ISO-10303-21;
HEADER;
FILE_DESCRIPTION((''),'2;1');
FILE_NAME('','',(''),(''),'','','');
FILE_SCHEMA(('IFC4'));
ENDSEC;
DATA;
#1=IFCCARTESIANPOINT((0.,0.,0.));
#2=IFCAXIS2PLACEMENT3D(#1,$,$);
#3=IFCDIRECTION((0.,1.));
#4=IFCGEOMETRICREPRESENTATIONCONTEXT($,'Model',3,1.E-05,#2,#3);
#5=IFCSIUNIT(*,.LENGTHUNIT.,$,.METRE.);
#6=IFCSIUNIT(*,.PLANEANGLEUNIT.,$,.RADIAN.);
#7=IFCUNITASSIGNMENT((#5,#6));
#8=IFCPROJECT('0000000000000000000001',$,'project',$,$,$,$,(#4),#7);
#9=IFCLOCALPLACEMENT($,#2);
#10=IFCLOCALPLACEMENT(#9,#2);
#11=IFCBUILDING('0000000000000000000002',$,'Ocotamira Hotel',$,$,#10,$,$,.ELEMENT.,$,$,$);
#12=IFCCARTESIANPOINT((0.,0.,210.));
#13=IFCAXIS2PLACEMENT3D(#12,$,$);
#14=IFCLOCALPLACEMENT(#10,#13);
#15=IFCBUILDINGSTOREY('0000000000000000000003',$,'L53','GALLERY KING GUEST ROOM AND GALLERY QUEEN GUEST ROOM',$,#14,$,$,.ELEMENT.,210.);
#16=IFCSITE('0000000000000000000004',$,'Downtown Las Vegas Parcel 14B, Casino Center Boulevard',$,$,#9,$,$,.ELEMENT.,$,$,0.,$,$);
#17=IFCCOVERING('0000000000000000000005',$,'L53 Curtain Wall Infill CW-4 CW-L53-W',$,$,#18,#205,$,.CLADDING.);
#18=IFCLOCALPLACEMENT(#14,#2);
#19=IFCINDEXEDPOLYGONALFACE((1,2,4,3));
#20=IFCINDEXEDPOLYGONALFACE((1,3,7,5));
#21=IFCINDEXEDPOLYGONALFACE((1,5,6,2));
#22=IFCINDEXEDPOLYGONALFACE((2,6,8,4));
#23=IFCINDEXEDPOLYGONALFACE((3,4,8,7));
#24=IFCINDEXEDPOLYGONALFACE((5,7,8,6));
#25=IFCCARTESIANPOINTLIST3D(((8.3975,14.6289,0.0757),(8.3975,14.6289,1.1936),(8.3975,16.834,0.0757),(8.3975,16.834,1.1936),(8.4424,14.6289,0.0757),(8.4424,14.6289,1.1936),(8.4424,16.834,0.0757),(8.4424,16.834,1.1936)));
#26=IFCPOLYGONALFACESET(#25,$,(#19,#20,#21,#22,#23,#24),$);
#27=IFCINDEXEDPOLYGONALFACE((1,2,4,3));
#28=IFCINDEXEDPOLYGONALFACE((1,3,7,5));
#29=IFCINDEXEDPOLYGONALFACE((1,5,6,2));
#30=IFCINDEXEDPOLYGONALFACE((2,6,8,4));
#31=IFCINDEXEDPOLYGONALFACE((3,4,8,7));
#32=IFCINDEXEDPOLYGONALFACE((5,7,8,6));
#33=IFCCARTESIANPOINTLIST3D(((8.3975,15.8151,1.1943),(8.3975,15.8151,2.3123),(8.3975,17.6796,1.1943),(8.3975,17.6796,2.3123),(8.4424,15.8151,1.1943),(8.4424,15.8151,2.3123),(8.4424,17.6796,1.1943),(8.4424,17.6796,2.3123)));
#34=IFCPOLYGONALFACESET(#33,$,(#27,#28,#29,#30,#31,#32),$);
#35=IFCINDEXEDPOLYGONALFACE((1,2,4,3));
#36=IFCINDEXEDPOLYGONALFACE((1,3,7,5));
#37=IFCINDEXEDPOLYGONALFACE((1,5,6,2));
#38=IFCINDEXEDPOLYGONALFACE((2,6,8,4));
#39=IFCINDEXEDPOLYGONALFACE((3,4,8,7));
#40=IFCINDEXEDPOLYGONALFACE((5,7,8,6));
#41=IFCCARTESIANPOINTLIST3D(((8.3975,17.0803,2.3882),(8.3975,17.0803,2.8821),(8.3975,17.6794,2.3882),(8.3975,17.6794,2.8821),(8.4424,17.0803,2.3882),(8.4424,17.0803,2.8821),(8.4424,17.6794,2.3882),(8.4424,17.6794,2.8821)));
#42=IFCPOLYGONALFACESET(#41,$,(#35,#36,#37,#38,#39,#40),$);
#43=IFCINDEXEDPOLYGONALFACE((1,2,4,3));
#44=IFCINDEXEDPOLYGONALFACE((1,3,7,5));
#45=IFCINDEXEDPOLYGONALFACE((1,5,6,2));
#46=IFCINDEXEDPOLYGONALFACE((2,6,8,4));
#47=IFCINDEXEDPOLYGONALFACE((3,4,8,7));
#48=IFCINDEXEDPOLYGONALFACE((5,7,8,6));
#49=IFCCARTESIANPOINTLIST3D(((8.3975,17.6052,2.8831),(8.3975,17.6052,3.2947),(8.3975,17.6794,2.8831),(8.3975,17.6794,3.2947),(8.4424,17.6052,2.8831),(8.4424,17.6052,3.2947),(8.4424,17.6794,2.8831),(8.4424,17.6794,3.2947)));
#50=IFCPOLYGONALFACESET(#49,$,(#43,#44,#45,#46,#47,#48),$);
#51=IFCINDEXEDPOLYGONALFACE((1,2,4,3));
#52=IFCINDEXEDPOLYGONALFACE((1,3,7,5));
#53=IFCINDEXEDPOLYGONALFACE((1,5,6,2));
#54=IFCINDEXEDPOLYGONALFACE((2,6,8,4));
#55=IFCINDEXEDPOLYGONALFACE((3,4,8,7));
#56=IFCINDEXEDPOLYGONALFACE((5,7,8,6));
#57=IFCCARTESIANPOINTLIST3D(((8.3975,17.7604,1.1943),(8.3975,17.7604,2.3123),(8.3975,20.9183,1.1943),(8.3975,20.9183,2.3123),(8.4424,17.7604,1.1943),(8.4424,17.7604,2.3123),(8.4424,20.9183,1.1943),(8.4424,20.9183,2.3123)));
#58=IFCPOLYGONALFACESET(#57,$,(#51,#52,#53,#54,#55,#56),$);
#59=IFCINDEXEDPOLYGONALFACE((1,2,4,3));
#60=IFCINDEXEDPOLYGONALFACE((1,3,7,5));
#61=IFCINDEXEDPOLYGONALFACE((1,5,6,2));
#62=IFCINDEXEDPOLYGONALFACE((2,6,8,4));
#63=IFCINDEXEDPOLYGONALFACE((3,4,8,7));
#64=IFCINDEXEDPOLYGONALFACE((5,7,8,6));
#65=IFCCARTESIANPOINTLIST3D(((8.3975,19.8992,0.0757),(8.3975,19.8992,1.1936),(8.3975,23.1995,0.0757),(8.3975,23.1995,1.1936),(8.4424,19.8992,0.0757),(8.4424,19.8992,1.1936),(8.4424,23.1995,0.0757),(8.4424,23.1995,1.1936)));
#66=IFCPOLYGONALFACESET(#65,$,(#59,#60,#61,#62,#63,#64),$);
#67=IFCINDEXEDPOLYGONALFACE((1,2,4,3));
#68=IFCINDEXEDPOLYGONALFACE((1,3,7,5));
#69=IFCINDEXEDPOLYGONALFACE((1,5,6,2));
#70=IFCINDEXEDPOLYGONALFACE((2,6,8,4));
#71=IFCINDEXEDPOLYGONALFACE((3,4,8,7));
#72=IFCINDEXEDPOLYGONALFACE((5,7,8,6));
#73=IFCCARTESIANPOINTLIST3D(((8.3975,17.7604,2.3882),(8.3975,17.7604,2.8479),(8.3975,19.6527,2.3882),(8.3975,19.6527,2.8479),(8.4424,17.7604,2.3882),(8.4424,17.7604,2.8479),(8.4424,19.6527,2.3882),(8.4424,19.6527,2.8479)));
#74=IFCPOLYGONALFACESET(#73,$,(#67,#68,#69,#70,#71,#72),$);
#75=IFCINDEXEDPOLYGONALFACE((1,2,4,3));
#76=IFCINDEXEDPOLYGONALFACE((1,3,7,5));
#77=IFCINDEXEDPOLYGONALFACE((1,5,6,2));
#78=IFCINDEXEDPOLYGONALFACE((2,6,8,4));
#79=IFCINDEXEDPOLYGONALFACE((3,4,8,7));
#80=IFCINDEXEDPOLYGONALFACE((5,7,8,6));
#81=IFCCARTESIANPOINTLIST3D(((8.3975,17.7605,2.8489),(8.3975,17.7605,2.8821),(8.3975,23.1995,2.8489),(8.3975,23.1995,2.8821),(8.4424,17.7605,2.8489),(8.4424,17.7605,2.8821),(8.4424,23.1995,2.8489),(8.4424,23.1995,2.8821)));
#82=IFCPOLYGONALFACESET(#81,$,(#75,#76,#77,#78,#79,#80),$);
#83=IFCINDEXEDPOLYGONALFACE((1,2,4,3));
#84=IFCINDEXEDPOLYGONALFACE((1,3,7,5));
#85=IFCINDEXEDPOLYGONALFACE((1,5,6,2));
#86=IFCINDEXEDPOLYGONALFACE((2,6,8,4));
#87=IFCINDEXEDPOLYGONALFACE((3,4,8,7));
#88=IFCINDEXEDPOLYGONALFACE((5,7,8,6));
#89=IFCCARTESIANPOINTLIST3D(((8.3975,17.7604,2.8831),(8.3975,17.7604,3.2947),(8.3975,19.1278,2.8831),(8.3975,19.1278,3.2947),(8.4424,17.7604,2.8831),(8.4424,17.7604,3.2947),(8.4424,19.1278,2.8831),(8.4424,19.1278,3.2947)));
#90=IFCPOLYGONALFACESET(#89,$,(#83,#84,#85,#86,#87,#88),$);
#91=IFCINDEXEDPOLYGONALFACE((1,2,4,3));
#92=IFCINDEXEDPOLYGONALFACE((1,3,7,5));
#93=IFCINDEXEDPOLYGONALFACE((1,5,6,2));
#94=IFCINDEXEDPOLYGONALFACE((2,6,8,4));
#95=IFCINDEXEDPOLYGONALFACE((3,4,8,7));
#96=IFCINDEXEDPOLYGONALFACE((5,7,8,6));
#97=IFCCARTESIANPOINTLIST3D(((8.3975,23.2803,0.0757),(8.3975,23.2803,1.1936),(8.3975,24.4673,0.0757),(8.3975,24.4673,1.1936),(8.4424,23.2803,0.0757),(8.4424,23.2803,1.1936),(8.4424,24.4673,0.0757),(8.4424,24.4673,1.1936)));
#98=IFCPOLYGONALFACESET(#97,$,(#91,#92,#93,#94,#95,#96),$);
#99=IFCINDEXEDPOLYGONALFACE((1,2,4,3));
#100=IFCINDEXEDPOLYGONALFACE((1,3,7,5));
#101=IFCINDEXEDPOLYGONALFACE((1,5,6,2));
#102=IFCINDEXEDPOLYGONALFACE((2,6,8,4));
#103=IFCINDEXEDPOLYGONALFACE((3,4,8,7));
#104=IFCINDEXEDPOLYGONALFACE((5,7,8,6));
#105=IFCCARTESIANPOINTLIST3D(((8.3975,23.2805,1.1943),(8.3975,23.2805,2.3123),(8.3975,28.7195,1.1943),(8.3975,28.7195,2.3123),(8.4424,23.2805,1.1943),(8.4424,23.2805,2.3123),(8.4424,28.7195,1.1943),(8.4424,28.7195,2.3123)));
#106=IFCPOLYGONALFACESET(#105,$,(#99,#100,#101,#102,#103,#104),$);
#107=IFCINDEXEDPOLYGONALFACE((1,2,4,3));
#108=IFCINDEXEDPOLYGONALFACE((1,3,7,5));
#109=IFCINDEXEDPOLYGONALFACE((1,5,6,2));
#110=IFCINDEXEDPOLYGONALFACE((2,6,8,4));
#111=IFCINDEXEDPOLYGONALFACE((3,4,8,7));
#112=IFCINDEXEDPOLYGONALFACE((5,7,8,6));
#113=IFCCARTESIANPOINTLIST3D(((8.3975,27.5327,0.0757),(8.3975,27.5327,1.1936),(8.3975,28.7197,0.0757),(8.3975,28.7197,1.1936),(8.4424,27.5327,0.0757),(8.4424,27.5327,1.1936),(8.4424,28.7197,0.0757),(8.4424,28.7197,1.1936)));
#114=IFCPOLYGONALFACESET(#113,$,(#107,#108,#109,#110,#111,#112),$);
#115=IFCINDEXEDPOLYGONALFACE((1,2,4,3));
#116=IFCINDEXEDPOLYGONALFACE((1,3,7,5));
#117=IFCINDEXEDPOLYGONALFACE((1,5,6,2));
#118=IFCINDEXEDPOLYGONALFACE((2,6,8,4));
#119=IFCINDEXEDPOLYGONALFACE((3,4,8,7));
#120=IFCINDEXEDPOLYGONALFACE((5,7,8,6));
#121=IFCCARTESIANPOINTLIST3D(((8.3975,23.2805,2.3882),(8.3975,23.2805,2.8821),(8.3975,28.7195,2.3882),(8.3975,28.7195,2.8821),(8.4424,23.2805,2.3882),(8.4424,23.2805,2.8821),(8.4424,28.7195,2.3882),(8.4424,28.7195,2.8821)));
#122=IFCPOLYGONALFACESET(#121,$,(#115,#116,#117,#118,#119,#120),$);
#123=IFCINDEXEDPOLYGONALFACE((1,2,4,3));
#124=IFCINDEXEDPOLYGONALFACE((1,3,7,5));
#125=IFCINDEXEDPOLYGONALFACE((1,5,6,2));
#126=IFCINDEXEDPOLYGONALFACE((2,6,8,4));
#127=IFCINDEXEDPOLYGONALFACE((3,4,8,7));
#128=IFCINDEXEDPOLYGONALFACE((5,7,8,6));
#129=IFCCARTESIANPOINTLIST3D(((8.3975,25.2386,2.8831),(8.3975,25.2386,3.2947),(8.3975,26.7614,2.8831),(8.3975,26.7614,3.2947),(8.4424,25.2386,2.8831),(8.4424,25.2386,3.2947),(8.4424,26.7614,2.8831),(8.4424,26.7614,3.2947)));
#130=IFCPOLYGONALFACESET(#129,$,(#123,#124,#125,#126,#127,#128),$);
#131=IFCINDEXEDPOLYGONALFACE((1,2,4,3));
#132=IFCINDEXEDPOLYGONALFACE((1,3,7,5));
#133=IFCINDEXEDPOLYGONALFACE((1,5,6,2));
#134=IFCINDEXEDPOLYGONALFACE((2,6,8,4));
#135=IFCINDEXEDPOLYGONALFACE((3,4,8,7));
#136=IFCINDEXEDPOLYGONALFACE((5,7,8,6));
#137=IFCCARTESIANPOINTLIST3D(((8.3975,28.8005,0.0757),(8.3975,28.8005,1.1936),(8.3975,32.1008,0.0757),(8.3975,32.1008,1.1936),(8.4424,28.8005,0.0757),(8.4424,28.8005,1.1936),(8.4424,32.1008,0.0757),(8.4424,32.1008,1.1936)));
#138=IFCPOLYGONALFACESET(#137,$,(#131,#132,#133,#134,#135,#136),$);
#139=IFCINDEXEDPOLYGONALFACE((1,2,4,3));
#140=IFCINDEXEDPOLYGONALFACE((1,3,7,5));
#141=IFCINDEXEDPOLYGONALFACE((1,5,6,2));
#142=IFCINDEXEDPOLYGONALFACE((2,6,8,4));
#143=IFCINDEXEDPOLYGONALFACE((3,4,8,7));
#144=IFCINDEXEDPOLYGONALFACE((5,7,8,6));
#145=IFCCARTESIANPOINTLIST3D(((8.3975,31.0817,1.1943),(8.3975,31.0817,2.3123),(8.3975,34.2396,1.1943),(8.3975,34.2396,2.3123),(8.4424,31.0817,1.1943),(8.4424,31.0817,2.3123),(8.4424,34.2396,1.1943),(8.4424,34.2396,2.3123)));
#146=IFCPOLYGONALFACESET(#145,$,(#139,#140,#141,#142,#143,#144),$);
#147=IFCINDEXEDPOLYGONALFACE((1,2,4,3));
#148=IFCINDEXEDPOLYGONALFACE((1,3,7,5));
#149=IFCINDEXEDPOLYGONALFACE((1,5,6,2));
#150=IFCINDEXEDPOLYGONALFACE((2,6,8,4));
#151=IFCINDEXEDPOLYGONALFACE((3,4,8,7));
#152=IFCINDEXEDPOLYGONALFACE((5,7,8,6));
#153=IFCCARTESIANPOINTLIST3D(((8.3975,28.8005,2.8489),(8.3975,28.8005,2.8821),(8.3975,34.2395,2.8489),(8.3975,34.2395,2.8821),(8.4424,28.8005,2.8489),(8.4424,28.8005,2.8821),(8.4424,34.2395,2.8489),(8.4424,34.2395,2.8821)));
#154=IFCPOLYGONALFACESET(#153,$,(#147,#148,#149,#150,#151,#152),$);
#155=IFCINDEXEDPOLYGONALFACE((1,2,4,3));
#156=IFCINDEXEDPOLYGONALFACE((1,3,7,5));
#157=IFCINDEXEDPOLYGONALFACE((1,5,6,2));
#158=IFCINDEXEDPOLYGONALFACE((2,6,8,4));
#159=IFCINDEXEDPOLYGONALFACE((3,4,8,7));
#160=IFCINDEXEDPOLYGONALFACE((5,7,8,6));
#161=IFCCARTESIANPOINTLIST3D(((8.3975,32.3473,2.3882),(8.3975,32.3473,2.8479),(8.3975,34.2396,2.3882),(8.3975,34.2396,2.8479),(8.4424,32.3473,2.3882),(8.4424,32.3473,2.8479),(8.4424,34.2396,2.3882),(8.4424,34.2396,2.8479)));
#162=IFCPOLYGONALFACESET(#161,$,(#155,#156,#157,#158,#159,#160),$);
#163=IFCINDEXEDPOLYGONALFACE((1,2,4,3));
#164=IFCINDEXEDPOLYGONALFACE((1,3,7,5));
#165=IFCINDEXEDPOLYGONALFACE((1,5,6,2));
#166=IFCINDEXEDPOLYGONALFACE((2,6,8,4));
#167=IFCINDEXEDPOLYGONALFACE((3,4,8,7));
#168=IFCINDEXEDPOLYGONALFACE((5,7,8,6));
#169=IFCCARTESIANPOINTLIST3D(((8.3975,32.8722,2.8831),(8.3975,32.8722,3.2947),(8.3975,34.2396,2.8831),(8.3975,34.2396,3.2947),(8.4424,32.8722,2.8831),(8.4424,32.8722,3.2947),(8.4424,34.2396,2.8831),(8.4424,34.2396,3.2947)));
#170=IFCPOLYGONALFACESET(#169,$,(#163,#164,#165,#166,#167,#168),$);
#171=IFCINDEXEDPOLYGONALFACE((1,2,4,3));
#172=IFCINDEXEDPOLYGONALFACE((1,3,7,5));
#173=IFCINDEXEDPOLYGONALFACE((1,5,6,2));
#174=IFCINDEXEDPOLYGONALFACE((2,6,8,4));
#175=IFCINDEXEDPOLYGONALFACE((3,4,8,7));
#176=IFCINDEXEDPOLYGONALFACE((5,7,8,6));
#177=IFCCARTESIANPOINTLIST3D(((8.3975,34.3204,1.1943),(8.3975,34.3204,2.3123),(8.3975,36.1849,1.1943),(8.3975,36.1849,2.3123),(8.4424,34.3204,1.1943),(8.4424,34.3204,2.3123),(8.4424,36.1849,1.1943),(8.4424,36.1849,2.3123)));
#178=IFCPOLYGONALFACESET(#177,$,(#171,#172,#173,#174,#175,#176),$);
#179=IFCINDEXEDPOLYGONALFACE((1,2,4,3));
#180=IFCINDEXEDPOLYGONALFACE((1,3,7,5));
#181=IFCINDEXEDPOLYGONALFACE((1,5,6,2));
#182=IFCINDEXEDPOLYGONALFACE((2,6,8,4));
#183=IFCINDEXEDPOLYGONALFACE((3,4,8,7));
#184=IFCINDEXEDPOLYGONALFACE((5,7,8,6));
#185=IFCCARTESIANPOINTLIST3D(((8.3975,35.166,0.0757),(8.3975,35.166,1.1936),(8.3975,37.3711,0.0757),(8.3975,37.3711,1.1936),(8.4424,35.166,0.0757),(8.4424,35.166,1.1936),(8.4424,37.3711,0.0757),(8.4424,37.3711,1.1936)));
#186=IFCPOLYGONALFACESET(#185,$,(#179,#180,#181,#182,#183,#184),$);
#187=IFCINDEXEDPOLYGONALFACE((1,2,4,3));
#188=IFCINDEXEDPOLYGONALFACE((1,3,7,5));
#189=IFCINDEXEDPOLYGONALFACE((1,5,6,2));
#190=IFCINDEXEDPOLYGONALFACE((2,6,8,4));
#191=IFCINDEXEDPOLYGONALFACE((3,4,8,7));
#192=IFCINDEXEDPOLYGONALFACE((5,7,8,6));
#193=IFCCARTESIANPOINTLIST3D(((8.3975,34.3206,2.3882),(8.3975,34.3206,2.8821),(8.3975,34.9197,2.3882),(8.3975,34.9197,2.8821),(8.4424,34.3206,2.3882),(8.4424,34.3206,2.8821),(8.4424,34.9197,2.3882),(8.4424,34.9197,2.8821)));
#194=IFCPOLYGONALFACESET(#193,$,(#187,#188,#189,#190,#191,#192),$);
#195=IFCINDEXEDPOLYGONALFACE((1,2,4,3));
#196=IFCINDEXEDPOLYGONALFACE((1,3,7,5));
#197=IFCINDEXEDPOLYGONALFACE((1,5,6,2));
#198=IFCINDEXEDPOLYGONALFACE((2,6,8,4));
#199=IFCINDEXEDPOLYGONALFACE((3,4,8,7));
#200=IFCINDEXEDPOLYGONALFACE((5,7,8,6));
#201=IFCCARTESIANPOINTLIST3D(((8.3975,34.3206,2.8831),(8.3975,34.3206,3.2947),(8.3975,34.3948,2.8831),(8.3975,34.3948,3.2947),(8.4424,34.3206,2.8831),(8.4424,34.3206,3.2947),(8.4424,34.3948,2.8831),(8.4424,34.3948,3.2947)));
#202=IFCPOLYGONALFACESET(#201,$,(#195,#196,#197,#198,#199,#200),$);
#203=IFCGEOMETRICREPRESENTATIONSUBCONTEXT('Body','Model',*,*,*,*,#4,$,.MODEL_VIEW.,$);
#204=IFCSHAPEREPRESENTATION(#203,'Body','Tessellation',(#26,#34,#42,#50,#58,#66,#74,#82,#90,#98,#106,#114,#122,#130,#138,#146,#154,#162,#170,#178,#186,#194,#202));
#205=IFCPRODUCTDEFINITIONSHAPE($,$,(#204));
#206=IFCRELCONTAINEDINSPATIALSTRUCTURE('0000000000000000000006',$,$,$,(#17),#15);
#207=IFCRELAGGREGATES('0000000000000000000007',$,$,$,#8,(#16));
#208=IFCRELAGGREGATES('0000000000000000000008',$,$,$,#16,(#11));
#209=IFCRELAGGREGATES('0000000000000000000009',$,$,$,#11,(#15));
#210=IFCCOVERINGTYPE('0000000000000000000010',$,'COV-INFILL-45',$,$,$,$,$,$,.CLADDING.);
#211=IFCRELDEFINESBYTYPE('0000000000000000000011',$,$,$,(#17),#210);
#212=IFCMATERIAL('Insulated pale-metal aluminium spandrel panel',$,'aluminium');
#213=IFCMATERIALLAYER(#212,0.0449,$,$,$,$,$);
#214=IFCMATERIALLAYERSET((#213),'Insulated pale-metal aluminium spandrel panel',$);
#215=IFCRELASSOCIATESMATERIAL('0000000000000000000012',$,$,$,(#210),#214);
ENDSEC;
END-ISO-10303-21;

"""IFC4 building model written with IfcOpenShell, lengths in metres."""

from ifc_helpers import new_model, si_unit, direction, frame, origin, origin_2d, place, context, subcontext, project, spatial, rectangle, extrude, material, layer, layer_set, type_object, element, save


model = new_model("IFC4")

# Units and contexts
model_context = context("Model", 3, precision=1e-05, world=origin(), true_north=direction((0.0, 1.0)))
body_context = subcontext(model_context, "Body", "Model", "MODEL_VIEW")
ifc_project = project(units=[si_unit("LENGTHUNIT", "METRE"), si_unit("PLANEANGLEUNIT", "RADIAN")], contexts=[model_context])

# Site, building, storey
site_placement = place(None, origin())
site = spatial("IfcSite", under=ifc_project, at=site_placement, Name="Downtown Las Vegas Parcel 14B, Casino Center Boulevard", CompositionType="ELEMENT", RefElevation=0.0)
building_placement = place(site_placement, origin())
building = spatial("IfcBuilding", under=site, at=building_placement, Name="Ocotamira Hotel", CompositionType="ELEMENT")
storey_placement = place(building_placement, frame((0.0, 0.0, 210.0)))
storey = spatial("IfcBuildingStorey", under=building, at=storey_placement, Name="L53", Description="GALLERY KING GUEST ROOM AND GALLERY QUEEN GUEST ROOM", CompositionType="ELEMENT", Elevation=210.0)

# Covering
ifc_material_1 = material(Name="Insulated pale-metal aluminium spandrel panel", Category="aluminium")
ifc_layer_1 = layer(ifc_material_1, 0.0449)
ifc_layer_set_1 = layer_set([ifc_layer_1], Name="Insulated pale-metal aluminium spandrel panel")
covering_type_1 = type_object("IfcCoveringType", Name="COV-INFILL-45", PredefinedType="CLADDING", material=ifc_layer_set_1)
covering_1_placement = place(storey_placement, origin())
element("IfcCovering", 1, at=covering_1_placement, inside=storey, type_object=covering_type_1, Name="L53 Curtain Wall Infill CW-4 CW-L53-W", PredefinedType="CLADDING", context=body_context, shape_type="SweptSolid", body=[
    extrude(rectangle(XDim=2.2051, YDim=0.0449, at=origin_2d()), frame((8.4199, 15.7314, 0.0757), z_axis=(0.0, 0.0, 1.0), x_axis=(0.0, 1.0, 0.0)), (0.0, 0.0, 1.0), 1.1179),
    extrude(rectangle(XDim=1.8645, YDim=0.0449, at=origin_2d()), frame((8.4199, 16.7473, 1.1943), z_axis=(0.0, 0.0, 1.0), x_axis=(0.0, 1.0, 0.0)), (0.0, 0.0, 1.0), 1.1179),
    extrude(rectangle(XDim=0.5991, YDim=0.0449, at=origin_2d()), frame((8.4199, 17.3799, 2.3882), z_axis=(0.0, 0.0, 1.0), x_axis=(0.0, 1.0, 0.0)), (0.0, 0.0, 1.0), 0.4939),
    extrude(rectangle(XDim=0.0742, YDim=0.0449, at=origin_2d()), frame((8.4199, 17.6423, 2.8831), z_axis=(0.0, 0.0, 1.0), x_axis=(0.0, 1.0, 0.0)), (0.0, 0.0, 1.0), 0.4116),
    extrude(rectangle(XDim=3.158, YDim=0.0449, at=origin_2d()), frame((8.4199, 19.3394, 1.1943), z_axis=(0.0, 0.0, 1.0), x_axis=(0.0, 1.0, 0.0)), (0.0, 0.0, 1.0), 1.1179),
    extrude(rectangle(XDim=3.3003, YDim=0.0449, at=origin_2d()), frame((8.4199, 21.5493, 0.0757), z_axis=(0.0, 0.0, 1.0), x_axis=(0.0, 1.0, 0.0)), (0.0, 0.0, 1.0), 1.1179),
    extrude(rectangle(XDim=1.8923, YDim=0.0449, at=origin_2d()), frame((8.4199, 18.7065, 2.3882), z_axis=(0.0, 0.0, 1.0), x_axis=(0.0, 1.0, 0.0)), (0.0, 0.0, 1.0), 0.4597),
    extrude(rectangle(XDim=5.439, YDim=0.0449, at=origin_2d()), frame((8.4199, 20.48, 2.8489), z_axis=(0.0, 0.0, 1.0), x_axis=(0.0, 1.0, 0.0)), (0.0, 0.0, 1.0), 0.0332),
    extrude(rectangle(XDim=1.3674, YDim=0.0449, at=origin_2d()), frame((8.4199, 18.4441, 2.8831), z_axis=(0.0, 0.0, 1.0), x_axis=(0.0, 1.0, 0.0)), (0.0, 0.0, 1.0), 0.4116),
    extrude(rectangle(XDim=1.187, YDim=0.0449, at=origin_2d()), frame((8.4199, 23.8738, 0.0757), z_axis=(0.0, 0.0, 1.0), x_axis=(0.0, 1.0, 0.0)), (0.0, 0.0, 1.0), 1.1179),
    extrude(rectangle(XDim=5.439, YDim=0.0449, at=origin_2d()), frame((8.4199, 26.0, 1.1943), z_axis=(0.0, 0.0, 1.0), x_axis=(0.0, 1.0, 0.0)), (0.0, 0.0, 1.0), 1.1179),
    extrude(rectangle(XDim=1.187, YDim=0.0449, at=origin_2d()), frame((8.4199, 28.1262, 0.0757), z_axis=(0.0, 0.0, 1.0), x_axis=(0.0, 1.0, 0.0)), (0.0, 0.0, 1.0), 1.1179),
    extrude(rectangle(XDim=5.439, YDim=0.0449, at=origin_2d()), frame((8.4199, 26.0, 2.3882), z_axis=(0.0, 0.0, 1.0), x_axis=(0.0, 1.0, 0.0)), (0.0, 0.0, 1.0), 0.4939),
    extrude(rectangle(XDim=1.5227, YDim=0.0449, at=origin_2d()), frame((8.4199, 26.0, 2.8831), z_axis=(0.0, 0.0, 1.0), x_axis=(0.0, 1.0, 0.0)), (0.0, 0.0, 1.0), 0.4116),
    extrude(rectangle(XDim=3.3003, YDim=0.0449, at=origin_2d()), frame((8.4199, 30.4507, 0.0757), z_axis=(0.0, 0.0, 1.0), x_axis=(0.0, 1.0, 0.0)), (0.0, 0.0, 1.0), 1.1179),
    extrude(rectangle(XDim=3.158, YDim=0.0449, at=origin_2d()), frame((8.4199, 32.6606, 1.1943), z_axis=(0.0, 0.0, 1.0), x_axis=(0.0, 1.0, 0.0)), (0.0, 0.0, 1.0), 1.1179),
    extrude(rectangle(XDim=5.439, YDim=0.0449, at=origin_2d()), frame((8.4199, 31.52, 2.8489), z_axis=(0.0, 0.0, 1.0), x_axis=(0.0, 1.0, 0.0)), (0.0, 0.0, 1.0), 0.0332),
    extrude(rectangle(XDim=1.8923, YDim=0.0449, at=origin_2d()), frame((8.4199, 33.2935, 2.3882), z_axis=(0.0, 0.0, 1.0), x_axis=(0.0, 1.0, 0.0)), (0.0, 0.0, 1.0), 0.4597),
    extrude(rectangle(XDim=1.3674, YDim=0.0449, at=origin_2d()), frame((8.4199, 33.5559, 2.8831), z_axis=(0.0, 0.0, 1.0), x_axis=(0.0, 1.0, 0.0)), (0.0, 0.0, 1.0), 0.4116),
    extrude(rectangle(XDim=1.8645, YDim=0.0449, at=origin_2d()), frame((8.4199, 35.2527, 1.1943), z_axis=(0.0, 0.0, 1.0), x_axis=(0.0, 1.0, 0.0)), (0.0, 0.0, 1.0), 1.1179),
    extrude(rectangle(XDim=2.2051, YDim=0.0449, at=origin_2d()), frame((8.4199, 36.2686, 0.0757), z_axis=(0.0, 0.0, 1.0), x_axis=(0.0, 1.0, 0.0)), (0.0, 0.0, 1.0), 1.1179),
    extrude(rectangle(XDim=0.5991, YDim=0.0449, at=origin_2d()), frame((8.4199, 34.6201, 2.3882), z_axis=(0.0, 0.0, 1.0), x_axis=(0.0, 1.0, 0.0)), (0.0, 0.0, 1.0), 0.4939),
    extrude(rectangle(XDim=0.0742, YDim=0.0449, at=origin_2d()), frame((8.4199, 34.3577, 2.8831), z_axis=(0.0, 0.0, 1.0), x_axis=(0.0, 1.0, 0.0)), (0.0, 0.0, 1.0), 0.4116),
])

save(model, "model.ifc")
